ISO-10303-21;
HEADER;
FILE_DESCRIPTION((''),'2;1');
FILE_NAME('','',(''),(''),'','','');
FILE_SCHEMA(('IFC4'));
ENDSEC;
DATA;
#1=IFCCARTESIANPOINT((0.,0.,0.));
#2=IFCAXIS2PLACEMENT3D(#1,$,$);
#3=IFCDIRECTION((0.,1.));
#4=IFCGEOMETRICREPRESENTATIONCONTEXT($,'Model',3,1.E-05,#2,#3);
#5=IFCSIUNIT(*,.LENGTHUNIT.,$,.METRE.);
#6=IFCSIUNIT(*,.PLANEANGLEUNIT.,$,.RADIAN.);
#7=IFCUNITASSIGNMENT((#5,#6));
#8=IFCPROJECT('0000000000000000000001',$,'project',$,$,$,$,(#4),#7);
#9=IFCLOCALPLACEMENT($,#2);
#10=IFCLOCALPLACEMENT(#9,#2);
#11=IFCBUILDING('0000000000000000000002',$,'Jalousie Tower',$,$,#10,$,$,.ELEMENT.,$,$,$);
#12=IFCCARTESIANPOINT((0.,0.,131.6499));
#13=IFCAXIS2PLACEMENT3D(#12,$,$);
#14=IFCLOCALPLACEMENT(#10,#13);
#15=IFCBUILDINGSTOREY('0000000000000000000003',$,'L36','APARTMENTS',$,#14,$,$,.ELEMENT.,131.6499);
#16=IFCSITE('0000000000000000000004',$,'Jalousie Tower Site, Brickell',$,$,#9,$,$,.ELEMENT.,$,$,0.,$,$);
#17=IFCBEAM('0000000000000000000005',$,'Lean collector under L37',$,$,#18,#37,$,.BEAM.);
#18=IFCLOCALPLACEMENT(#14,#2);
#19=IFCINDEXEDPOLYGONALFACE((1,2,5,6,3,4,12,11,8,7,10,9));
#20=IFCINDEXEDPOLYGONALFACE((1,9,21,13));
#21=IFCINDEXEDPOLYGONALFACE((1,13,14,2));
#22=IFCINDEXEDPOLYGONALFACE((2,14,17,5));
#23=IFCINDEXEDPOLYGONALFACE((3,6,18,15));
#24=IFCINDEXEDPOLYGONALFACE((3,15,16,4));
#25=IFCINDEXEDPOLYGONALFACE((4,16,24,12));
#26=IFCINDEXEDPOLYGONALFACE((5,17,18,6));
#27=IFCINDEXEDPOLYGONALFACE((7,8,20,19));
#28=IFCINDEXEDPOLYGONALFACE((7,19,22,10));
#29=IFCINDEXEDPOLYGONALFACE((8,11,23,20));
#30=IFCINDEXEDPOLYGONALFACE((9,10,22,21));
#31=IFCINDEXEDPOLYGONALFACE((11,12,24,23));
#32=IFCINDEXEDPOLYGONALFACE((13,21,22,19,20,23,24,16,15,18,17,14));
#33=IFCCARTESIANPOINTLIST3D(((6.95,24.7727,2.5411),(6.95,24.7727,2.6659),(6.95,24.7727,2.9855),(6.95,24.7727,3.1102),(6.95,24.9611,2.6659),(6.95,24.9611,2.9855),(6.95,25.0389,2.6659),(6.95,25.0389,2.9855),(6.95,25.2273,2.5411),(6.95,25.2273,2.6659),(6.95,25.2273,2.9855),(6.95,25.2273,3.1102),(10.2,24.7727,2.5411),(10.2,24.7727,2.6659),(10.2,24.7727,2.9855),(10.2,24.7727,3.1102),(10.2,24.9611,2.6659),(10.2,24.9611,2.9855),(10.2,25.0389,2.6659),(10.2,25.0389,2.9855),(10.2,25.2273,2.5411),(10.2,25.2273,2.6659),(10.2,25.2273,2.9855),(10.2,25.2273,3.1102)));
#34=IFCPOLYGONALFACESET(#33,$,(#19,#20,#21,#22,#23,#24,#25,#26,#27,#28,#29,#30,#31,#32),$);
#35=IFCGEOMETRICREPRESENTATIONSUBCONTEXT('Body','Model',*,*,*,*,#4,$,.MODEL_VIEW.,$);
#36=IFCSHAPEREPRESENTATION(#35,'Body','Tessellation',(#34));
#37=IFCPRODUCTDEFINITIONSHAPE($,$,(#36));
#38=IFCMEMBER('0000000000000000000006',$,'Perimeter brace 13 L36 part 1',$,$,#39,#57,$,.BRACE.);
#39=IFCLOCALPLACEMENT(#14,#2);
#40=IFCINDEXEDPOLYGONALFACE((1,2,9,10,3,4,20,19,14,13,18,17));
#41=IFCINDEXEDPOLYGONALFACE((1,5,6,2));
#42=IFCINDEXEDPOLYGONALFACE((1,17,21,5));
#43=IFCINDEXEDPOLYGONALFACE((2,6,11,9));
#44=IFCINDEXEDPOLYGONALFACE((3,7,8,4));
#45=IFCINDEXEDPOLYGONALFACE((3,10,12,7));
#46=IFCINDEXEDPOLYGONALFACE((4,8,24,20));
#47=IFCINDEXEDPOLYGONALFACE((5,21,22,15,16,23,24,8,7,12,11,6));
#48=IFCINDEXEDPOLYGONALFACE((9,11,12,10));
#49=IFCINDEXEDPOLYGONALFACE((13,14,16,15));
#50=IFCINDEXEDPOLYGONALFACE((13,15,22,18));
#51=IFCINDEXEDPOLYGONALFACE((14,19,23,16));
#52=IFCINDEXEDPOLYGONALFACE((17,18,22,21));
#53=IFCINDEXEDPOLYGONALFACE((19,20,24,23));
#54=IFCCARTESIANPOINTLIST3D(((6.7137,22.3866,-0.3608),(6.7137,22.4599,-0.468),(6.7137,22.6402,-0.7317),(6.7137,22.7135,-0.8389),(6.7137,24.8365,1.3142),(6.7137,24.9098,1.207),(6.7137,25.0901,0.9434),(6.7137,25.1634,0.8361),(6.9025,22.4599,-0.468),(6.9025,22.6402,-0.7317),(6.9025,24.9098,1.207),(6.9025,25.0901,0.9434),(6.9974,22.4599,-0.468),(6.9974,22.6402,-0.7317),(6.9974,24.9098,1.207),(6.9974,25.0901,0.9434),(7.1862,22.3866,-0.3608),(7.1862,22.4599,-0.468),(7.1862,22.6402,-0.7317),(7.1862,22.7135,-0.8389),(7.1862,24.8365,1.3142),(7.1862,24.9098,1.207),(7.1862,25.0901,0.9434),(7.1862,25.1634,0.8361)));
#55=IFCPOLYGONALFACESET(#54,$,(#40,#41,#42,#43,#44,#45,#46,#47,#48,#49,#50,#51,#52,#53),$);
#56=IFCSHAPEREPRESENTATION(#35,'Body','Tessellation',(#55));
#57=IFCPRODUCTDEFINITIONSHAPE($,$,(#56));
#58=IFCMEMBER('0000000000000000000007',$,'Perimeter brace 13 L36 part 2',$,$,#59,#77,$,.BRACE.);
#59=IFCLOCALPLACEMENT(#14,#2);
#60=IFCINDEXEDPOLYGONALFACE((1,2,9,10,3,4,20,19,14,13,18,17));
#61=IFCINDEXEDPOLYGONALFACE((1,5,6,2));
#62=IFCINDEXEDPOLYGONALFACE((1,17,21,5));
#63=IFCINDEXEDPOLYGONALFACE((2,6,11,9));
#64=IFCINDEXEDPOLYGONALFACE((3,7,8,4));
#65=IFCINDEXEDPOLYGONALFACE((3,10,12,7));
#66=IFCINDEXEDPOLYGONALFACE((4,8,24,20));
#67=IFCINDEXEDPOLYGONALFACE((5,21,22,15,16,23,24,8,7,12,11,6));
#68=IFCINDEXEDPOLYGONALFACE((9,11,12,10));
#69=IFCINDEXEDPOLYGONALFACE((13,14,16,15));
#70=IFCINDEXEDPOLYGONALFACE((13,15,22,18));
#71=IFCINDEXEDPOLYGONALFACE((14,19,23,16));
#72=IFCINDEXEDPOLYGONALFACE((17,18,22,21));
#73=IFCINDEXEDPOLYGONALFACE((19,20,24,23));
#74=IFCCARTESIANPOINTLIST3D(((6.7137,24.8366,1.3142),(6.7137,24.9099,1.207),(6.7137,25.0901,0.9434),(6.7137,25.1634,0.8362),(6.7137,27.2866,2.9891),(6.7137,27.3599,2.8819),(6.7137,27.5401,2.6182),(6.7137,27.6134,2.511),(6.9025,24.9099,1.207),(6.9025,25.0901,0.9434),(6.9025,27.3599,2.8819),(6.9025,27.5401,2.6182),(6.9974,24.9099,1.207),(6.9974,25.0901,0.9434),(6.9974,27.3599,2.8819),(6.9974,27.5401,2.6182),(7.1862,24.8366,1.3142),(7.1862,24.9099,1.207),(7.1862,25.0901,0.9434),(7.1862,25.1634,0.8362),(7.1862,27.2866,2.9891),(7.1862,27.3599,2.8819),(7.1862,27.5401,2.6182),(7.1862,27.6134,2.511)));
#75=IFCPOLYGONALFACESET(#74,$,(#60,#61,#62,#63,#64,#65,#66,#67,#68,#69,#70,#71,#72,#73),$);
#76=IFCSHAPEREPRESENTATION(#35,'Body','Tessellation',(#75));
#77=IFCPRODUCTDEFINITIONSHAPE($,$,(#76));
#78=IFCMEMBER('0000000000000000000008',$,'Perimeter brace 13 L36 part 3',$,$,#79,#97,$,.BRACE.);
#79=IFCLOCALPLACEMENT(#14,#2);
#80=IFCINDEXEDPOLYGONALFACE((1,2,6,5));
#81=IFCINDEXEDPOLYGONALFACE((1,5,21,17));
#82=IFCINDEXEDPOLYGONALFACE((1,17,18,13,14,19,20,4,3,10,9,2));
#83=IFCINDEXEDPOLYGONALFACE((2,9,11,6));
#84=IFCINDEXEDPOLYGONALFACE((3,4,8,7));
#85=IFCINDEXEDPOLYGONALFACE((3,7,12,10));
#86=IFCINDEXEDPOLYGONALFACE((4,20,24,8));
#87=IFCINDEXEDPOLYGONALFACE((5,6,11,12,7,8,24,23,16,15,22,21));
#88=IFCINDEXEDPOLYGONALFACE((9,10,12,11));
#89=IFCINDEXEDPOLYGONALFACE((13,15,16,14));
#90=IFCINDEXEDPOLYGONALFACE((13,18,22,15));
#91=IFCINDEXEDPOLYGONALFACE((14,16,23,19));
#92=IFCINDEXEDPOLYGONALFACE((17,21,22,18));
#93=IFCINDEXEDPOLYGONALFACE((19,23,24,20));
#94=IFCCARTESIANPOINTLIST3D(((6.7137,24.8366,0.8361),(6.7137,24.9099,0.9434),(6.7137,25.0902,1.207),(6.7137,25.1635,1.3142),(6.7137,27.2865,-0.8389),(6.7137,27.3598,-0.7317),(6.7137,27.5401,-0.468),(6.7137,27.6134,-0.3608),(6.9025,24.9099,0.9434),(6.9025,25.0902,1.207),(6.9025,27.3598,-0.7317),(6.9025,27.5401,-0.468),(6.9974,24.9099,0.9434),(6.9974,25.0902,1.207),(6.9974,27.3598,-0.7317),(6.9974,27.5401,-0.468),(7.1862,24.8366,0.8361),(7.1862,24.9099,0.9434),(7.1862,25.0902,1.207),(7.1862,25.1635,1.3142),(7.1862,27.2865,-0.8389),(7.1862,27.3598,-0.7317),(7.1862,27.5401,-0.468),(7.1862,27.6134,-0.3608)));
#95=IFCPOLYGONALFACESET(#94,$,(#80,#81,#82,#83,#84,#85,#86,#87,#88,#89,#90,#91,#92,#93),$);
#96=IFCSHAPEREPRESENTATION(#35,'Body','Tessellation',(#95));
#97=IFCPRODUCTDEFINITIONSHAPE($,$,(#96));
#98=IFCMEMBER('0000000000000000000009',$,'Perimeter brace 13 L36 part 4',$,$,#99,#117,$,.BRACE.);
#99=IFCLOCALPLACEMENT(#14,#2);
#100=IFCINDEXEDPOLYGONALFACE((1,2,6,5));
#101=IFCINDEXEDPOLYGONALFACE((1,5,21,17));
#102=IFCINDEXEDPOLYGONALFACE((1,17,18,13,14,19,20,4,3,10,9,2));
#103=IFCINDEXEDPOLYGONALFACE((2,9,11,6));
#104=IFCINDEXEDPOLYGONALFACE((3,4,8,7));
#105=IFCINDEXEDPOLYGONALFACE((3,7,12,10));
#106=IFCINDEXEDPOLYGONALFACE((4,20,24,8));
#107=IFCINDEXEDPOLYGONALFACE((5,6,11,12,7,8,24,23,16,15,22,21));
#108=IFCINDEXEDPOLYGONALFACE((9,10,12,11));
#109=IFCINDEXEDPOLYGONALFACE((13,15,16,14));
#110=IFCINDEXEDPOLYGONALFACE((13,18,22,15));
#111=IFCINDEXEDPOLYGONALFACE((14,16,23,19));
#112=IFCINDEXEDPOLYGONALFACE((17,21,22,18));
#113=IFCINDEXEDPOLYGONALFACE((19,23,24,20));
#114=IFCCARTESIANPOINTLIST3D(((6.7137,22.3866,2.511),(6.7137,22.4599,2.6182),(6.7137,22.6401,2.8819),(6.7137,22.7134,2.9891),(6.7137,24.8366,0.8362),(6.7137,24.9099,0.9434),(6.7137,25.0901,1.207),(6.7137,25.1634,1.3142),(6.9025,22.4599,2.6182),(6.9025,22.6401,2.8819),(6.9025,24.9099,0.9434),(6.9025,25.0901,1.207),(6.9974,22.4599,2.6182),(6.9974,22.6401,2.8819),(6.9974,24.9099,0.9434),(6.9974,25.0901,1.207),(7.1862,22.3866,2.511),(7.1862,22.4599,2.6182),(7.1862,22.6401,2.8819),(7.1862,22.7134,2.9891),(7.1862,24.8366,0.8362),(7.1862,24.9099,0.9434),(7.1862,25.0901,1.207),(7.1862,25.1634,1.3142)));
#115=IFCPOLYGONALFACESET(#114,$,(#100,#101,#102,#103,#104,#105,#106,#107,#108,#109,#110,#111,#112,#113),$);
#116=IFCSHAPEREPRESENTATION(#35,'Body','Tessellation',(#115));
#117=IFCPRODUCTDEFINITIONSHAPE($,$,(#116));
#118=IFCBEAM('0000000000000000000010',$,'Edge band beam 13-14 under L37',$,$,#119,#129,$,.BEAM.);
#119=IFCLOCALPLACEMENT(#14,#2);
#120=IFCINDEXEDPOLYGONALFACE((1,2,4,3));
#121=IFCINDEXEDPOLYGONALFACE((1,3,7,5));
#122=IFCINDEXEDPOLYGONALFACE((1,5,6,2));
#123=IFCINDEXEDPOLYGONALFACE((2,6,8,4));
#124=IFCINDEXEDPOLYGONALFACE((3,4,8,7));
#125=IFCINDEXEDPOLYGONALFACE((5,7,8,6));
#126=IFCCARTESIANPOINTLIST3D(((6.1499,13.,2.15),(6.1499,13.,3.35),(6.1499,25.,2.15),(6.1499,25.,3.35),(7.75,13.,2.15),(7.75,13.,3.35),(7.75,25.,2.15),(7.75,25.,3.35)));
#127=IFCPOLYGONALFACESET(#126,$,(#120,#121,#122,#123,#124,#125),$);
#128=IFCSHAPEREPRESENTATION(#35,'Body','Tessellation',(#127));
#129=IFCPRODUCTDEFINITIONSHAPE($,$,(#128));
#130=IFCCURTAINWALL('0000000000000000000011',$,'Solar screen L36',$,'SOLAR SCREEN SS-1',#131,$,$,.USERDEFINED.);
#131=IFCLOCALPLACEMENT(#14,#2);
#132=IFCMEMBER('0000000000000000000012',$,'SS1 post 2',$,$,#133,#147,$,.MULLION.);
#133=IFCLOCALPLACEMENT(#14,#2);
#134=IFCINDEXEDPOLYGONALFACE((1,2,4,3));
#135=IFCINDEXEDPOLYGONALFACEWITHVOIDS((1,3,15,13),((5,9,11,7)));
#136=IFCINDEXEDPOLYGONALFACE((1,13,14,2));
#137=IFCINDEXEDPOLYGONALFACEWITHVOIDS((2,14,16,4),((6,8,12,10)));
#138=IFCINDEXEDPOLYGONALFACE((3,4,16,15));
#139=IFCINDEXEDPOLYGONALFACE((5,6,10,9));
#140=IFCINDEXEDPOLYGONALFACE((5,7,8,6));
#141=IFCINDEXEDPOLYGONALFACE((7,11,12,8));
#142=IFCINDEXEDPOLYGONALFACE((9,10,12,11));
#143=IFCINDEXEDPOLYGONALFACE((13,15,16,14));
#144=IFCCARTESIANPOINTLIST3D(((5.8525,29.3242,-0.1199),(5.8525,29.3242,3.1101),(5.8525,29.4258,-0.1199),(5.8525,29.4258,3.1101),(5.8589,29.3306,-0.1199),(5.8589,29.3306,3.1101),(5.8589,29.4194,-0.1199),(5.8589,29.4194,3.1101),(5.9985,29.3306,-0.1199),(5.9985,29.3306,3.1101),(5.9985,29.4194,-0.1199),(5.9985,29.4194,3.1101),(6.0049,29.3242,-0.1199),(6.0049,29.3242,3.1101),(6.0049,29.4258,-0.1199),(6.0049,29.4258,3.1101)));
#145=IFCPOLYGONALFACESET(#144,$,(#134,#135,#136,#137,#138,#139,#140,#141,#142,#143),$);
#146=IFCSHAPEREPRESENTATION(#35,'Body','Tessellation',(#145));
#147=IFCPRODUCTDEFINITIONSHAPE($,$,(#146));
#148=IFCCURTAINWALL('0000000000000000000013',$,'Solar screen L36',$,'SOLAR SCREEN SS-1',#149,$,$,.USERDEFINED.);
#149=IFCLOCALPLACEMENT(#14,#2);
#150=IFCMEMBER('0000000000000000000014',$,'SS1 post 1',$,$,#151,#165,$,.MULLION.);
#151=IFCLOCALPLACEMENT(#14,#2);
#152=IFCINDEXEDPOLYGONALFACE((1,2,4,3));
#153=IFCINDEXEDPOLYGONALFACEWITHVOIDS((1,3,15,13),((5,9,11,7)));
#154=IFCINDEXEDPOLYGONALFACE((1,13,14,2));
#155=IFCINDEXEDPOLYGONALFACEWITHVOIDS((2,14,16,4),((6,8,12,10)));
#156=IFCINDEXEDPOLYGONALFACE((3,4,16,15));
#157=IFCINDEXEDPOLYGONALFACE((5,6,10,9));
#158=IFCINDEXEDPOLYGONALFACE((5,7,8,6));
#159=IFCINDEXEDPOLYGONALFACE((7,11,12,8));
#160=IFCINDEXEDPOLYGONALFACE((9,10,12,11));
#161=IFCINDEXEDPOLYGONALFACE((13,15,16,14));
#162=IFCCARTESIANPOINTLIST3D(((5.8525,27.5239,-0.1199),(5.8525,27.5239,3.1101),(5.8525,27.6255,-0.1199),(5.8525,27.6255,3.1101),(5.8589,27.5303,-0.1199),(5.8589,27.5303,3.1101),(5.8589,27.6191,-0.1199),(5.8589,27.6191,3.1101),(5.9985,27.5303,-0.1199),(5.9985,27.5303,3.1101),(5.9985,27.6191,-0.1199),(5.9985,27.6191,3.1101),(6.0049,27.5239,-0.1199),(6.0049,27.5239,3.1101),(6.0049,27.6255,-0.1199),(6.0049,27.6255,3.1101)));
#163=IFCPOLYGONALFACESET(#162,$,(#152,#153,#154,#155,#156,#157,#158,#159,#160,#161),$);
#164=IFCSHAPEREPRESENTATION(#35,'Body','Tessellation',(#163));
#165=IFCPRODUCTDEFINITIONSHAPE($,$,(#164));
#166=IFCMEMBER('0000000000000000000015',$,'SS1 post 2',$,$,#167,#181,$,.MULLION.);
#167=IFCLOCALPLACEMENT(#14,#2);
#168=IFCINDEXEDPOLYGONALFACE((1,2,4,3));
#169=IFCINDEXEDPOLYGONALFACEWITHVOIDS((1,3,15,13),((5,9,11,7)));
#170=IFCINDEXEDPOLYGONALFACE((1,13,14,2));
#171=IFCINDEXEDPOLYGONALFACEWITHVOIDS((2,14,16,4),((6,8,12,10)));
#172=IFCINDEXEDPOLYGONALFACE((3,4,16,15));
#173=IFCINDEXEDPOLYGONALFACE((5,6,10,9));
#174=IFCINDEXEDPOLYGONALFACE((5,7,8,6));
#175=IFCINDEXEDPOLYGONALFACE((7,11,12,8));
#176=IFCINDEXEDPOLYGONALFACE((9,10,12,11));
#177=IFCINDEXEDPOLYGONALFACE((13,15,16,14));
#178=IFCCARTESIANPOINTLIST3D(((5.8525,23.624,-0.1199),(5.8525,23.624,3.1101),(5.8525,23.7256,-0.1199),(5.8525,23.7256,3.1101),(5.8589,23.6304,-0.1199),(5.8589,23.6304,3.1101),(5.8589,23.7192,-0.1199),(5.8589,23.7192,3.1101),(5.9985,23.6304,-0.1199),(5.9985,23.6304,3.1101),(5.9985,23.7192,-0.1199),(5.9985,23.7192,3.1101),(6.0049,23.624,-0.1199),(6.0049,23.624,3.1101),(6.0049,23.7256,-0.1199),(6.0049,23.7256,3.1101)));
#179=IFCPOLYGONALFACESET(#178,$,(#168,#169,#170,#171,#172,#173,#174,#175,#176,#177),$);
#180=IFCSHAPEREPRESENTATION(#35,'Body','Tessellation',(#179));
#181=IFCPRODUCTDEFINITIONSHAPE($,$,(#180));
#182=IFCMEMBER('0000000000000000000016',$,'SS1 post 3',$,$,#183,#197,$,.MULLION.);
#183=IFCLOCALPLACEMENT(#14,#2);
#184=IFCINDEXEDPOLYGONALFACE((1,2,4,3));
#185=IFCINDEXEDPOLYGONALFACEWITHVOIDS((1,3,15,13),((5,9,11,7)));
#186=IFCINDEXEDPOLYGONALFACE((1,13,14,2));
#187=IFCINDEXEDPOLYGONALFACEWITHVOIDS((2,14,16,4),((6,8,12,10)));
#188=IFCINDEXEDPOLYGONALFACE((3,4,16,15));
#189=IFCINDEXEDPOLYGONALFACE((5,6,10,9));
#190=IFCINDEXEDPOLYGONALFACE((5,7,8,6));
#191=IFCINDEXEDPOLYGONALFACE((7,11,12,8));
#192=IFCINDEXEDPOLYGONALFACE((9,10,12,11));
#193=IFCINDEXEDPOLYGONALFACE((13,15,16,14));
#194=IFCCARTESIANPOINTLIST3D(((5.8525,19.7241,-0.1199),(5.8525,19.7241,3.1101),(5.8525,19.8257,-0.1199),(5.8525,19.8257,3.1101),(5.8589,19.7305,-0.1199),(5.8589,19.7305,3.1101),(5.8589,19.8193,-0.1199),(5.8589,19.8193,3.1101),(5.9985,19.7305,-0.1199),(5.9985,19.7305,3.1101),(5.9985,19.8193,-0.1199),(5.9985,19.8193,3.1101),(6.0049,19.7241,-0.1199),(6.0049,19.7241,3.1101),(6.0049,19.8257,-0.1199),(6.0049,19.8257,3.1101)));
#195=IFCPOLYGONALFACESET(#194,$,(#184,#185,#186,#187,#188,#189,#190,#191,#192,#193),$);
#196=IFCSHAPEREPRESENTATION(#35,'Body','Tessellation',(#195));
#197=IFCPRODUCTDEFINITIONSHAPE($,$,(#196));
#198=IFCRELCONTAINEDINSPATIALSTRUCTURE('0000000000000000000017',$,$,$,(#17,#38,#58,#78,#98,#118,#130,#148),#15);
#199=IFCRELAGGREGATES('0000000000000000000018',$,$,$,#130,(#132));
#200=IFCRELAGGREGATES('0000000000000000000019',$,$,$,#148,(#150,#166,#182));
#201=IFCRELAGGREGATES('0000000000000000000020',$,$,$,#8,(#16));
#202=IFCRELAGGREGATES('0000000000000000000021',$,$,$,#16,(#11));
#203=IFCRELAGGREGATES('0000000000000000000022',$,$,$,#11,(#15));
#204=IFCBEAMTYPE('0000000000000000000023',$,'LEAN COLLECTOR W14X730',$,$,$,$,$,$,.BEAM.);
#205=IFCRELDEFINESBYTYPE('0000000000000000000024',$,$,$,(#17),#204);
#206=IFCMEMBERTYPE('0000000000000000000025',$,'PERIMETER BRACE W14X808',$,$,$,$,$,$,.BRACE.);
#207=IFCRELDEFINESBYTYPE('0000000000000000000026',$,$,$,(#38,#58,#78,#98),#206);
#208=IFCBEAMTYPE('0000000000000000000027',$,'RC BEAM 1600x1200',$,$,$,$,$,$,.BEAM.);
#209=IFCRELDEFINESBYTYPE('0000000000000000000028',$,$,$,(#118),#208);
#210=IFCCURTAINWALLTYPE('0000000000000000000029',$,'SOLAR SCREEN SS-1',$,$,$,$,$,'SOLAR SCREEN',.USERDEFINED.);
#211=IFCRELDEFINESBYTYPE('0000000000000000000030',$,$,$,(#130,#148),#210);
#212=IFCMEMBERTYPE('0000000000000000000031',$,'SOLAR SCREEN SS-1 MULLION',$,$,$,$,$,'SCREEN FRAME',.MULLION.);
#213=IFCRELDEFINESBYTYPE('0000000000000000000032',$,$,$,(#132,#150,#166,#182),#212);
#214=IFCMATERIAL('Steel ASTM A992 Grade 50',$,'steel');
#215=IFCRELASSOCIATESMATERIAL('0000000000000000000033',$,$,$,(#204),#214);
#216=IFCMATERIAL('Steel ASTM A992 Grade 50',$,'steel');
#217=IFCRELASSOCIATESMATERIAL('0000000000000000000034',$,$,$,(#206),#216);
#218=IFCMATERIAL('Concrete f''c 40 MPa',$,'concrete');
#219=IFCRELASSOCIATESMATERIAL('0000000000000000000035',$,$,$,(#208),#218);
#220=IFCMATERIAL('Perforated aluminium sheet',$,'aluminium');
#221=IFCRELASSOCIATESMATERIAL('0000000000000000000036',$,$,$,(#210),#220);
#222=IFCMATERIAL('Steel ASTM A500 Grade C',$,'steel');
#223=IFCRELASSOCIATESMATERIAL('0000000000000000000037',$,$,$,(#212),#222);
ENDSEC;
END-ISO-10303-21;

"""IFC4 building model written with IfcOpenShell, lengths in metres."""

from ifc_helpers import new_model, si_unit, direction, frame, origin, origin_2d, place, context, subcontext, project, spatial, rectangle, hollow_rectangle, i_section, extrude, material, material_profile, profile_set, type_object, element, aggregate, save


model = new_model("IFC4")

# Units and contexts
model_context = context("Model", 3, precision=1e-05, world=origin(), true_north=direction((0.0, 1.0)))
body_context = subcontext(model_context, "Body", "Model", "MODEL_VIEW")
ifc_project = project(units=[si_unit("LENGTHUNIT", "METRE"), si_unit("PLANEANGLEUNIT", "RADIAN")], contexts=[model_context])

# Site, building, storey
site_placement = place(None, origin())
site = spatial("IfcSite", under=ifc_project, at=site_placement, Name="Jalousie Tower Site, Brickell", CompositionType="ELEMENT", RefElevation=0.0)
building_placement = place(site_placement, origin())
building = spatial("IfcBuilding", under=site, at=building_placement, Name="Jalousie Tower", CompositionType="ELEMENT")
storey_placement = place(building_placement, frame((0.0, 0.0, 131.6499)))
storey = spatial("IfcBuildingStorey", under=building, at=storey_placement, Name="L36", Description="APARTMENTS", CompositionType="ELEMENT", Elevation=131.6499)

# Beam
ifc_material_1 = material(Name="Steel ASTM A992 Grade 50", Category="steel")
ifc_material_profile_1 = material_profile(ifc_material_1, i_section(OverallWidth=0.4546, OverallDepth=0.5691, WebThickness=0.0779, FlangeThickness=0.1248, at=origin_2d()), Name="W14X730")
ifc_profile_set_1 = profile_set([ifc_material_profile_1], Name="Steel ASTM A992 Grade 50")
beam_type_1 = type_object("IfcBeamType", Name="LEAN COLLECTOR W14X730", PredefinedType="BEAM", material=ifc_profile_set_1)
beam_1_placement = place(storey_placement, frame((6.95, 25.0, 2.8257), z_axis=(1.0, 0.0, 0.0), x_axis=(0.0, 1.0, 0.0)))
element("IfcBeam", 1, at=beam_1_placement, inside=storey, type_object=beam_type_1, Name="Lean collector under L37", PredefinedType="BEAM", context=body_context, shape_type="SweptSolid", body=[
    extrude(i_section(OverallWidth=0.4546, OverallDepth=0.5691, WebThickness=0.0779, FlangeThickness=0.1248, at=origin_2d()), origin(), (0.0, 0.0, 1.0), 3.25),
])

# Members
ifc_material_2 = material(Name="Steel ASTM A992 Grade 50", Category="steel")
ifc_material_profile_2 = material_profile(ifc_material_2, i_section(OverallWidth=0.4724, OverallDepth=0.5791, WebThickness=0.095, FlangeThickness=0.1299, at=origin_2d()), Name="W14X808")
ifc_profile_set_2 = profile_set([ifc_material_profile_2], Name="Steel ASTM A992 Grade 50")
member_type_1 = type_object("IfcMemberType", Name="PERIMETER BRACE W14X808", PredefinedType="BRACE", material=ifc_profile_set_2)
for number, where, z_axis, x_axis, name in (
    (2, (6.95, 22.55, -0.5999), (0.0, 0.825501, 0.564401), (-1.0, 0.0, 0.0), "Perimeter brace 13 L36 part 1"),
    (3, (6.95, 25.0, 1.0752), (0.0, 0.825539, 0.564345), (-1.0, 0.0, 0.0), "Perimeter brace 13 L36 part 2"),
    (4, (6.95, 27.45, -0.5999), (0.0, -0.825501, 0.564401), (1.0, 0.0, 0.0), "Perimeter brace 13 L36 part 3"),
    (5, (6.95, 25.0, 1.0752), (0.0, -0.825539, 0.564345), (1.0, 0.0, 0.0), "Perimeter brace 13 L36 part 4"),
):
    element("IfcMember", number, at=place(storey_placement, frame(where, z_axis=z_axis, x_axis=x_axis)), inside=storey, type_object=member_type_1, Name=name, PredefinedType="BRACE", context=body_context, shape_type="SweptSolid", body=[
        extrude(i_section(OverallWidth=0.4724, OverallDepth=0.5791, WebThickness=0.095, FlangeThickness=0.1299, at=origin_2d()), origin(), (0.0, 0.0, 1.0), 2.9678),
    ])

# Beam
ifc_material_3 = material(Name="Concrete f'c 40 MPa", Category="concrete")
ifc_material_profile_3 = material_profile(ifc_material_3, rectangle(XDim=1.6001, YDim=1.2, at=origin_2d()), Name="RC 1600x1200")
ifc_profile_set_3 = profile_set([ifc_material_profile_3], Name="Concrete f'c 40 MPa")
beam_type_2 = type_object("IfcBeamType", Name="RC BEAM 1600x1200", PredefinedType="BEAM", material=ifc_profile_set_3)
beam_2_placement = place(storey_placement, frame((6.95, 25.0, 2.75), z_axis=(0.0, -1.0, 0.0), x_axis=(1.0, 0.0, 0.0)))
element("IfcBeam", 6, at=beam_2_placement, inside=storey, type_object=beam_type_2, Name="Edge band beam 13-14 under L37", PredefinedType="BEAM", context=body_context, shape_type="SweptSolid", body=[
    extrude(rectangle(XDim=1.6001, YDim=1.2, at=origin_2d()), origin(), (0.0, 0.0, 1.0), 12.0),
])

# Curtain wall, member
ifc_material_4 = material(Name="Perforated aluminium sheet", Category="aluminium")
curtain_wall_type = type_object("IfcCurtainWallType", Name="SOLAR SCREEN SS-1", ElementType="SOLAR SCREEN", PredefinedType="USERDEFINED", material=ifc_material_4)
curtain_wall_1_placement = place(storey_placement, origin())
curtain_wall_1 = element("IfcCurtainWall", 7, at=curtain_wall_1_placement, inside=storey, type_object=curtain_wall_type, Name="Solar screen L36", ObjectType="SOLAR SCREEN SS-1", PredefinedType="USERDEFINED")
ifc_material_5 = material(Name="Steel ASTM A500 Grade C", Category="steel")
ifc_material_profile_4 = material_profile(ifc_material_5, hollow_rectangle(XDim=0.1016, YDim=0.1523, WallThickness=0.0063, at=origin_2d()), Name="HSS6X4X1/4")
ifc_profile_set_4 = profile_set([ifc_material_profile_4], Name="Steel ASTM A500 Grade C")
member_type_2 = type_object("IfcMemberType", Name="SOLAR SCREEN SS-1 MULLION", ElementType="SCREEN FRAME", PredefinedType="MULLION", material=ifc_profile_set_4)
member_1_placement = place(storey_placement, frame((5.9287, 29.375, -0.1199), z_axis=(0.0, 0.0, 1.0), x_axis=(0.0, -1.0, 0.0)))
member_1 = element("IfcMember", 8, at=member_1_placement, type_object=member_type_2, Name="SS1 post 2", PredefinedType="MULLION", context=body_context, shape_type="SweptSolid", body=[
    extrude(hollow_rectangle(XDim=0.1016, YDim=0.1523, WallThickness=0.0063, at=origin_2d()), origin(), (0.0, 0.0, 1.0), 3.23),
])

# Curtain wall, members
curtain_wall_2_placement = place(storey_placement, origin())
curtain_wall_2 = element("IfcCurtainWall", 9, at=curtain_wall_2_placement, inside=storey, type_object=curtain_wall_type, Name="Solar screen L36", ObjectType="SOLAR SCREEN SS-1", PredefinedType="USERDEFINED")
member_2_placement = place(storey_placement, frame((5.9287, 27.5747, -0.1199), z_axis=(0.0, 0.0, 1.0), x_axis=(0.0, -1.0, 0.0)))
member_2 = element("IfcMember", 10, at=member_2_placement, type_object=member_type_2, Name="SS1 post 1", PredefinedType="MULLION", context=body_context, shape_type="SweptSolid", body=[
    extrude(hollow_rectangle(XDim=0.1016, YDim=0.1523, WallThickness=0.0063, at=origin_2d()), origin(), (0.0, 0.0, 1.0), 3.23),
])
member_3_placement = place(storey_placement, frame((5.9287, 23.6748, -0.1199), z_axis=(0.0, 0.0, 1.0), x_axis=(0.0, -1.0, 0.0)))
member_3 = element("IfcMember", 11, at=member_3_placement, type_object=member_type_2, Name="SS1 post 2", PredefinedType="MULLION", context=body_context, shape_type="SweptSolid", body=[
    extrude(hollow_rectangle(XDim=0.1016, YDim=0.1523, WallThickness=0.0063, at=origin_2d()), origin(), (0.0, 0.0, 1.0), 3.23),
])
member_4_placement = place(storey_placement, frame((5.9287, 19.7749, -0.1199), z_axis=(0.0, 0.0, 1.0), x_axis=(0.0, -1.0, 0.0)))
member_4 = element("IfcMember", 12, at=member_4_placement, type_object=member_type_2, Name="SS1 post 3", PredefinedType="MULLION", context=body_context, shape_type="SweptSolid", body=[
    extrude(hollow_rectangle(XDim=0.1016, YDim=0.1523, WallThickness=0.0063, at=origin_2d()), origin(), (0.0, 0.0, 1.0), 3.23),
])

aggregate(curtain_wall_1, [member_1])
aggregate(curtain_wall_2, [member_2, member_3, member_4])

save(model, "model.ifc")
